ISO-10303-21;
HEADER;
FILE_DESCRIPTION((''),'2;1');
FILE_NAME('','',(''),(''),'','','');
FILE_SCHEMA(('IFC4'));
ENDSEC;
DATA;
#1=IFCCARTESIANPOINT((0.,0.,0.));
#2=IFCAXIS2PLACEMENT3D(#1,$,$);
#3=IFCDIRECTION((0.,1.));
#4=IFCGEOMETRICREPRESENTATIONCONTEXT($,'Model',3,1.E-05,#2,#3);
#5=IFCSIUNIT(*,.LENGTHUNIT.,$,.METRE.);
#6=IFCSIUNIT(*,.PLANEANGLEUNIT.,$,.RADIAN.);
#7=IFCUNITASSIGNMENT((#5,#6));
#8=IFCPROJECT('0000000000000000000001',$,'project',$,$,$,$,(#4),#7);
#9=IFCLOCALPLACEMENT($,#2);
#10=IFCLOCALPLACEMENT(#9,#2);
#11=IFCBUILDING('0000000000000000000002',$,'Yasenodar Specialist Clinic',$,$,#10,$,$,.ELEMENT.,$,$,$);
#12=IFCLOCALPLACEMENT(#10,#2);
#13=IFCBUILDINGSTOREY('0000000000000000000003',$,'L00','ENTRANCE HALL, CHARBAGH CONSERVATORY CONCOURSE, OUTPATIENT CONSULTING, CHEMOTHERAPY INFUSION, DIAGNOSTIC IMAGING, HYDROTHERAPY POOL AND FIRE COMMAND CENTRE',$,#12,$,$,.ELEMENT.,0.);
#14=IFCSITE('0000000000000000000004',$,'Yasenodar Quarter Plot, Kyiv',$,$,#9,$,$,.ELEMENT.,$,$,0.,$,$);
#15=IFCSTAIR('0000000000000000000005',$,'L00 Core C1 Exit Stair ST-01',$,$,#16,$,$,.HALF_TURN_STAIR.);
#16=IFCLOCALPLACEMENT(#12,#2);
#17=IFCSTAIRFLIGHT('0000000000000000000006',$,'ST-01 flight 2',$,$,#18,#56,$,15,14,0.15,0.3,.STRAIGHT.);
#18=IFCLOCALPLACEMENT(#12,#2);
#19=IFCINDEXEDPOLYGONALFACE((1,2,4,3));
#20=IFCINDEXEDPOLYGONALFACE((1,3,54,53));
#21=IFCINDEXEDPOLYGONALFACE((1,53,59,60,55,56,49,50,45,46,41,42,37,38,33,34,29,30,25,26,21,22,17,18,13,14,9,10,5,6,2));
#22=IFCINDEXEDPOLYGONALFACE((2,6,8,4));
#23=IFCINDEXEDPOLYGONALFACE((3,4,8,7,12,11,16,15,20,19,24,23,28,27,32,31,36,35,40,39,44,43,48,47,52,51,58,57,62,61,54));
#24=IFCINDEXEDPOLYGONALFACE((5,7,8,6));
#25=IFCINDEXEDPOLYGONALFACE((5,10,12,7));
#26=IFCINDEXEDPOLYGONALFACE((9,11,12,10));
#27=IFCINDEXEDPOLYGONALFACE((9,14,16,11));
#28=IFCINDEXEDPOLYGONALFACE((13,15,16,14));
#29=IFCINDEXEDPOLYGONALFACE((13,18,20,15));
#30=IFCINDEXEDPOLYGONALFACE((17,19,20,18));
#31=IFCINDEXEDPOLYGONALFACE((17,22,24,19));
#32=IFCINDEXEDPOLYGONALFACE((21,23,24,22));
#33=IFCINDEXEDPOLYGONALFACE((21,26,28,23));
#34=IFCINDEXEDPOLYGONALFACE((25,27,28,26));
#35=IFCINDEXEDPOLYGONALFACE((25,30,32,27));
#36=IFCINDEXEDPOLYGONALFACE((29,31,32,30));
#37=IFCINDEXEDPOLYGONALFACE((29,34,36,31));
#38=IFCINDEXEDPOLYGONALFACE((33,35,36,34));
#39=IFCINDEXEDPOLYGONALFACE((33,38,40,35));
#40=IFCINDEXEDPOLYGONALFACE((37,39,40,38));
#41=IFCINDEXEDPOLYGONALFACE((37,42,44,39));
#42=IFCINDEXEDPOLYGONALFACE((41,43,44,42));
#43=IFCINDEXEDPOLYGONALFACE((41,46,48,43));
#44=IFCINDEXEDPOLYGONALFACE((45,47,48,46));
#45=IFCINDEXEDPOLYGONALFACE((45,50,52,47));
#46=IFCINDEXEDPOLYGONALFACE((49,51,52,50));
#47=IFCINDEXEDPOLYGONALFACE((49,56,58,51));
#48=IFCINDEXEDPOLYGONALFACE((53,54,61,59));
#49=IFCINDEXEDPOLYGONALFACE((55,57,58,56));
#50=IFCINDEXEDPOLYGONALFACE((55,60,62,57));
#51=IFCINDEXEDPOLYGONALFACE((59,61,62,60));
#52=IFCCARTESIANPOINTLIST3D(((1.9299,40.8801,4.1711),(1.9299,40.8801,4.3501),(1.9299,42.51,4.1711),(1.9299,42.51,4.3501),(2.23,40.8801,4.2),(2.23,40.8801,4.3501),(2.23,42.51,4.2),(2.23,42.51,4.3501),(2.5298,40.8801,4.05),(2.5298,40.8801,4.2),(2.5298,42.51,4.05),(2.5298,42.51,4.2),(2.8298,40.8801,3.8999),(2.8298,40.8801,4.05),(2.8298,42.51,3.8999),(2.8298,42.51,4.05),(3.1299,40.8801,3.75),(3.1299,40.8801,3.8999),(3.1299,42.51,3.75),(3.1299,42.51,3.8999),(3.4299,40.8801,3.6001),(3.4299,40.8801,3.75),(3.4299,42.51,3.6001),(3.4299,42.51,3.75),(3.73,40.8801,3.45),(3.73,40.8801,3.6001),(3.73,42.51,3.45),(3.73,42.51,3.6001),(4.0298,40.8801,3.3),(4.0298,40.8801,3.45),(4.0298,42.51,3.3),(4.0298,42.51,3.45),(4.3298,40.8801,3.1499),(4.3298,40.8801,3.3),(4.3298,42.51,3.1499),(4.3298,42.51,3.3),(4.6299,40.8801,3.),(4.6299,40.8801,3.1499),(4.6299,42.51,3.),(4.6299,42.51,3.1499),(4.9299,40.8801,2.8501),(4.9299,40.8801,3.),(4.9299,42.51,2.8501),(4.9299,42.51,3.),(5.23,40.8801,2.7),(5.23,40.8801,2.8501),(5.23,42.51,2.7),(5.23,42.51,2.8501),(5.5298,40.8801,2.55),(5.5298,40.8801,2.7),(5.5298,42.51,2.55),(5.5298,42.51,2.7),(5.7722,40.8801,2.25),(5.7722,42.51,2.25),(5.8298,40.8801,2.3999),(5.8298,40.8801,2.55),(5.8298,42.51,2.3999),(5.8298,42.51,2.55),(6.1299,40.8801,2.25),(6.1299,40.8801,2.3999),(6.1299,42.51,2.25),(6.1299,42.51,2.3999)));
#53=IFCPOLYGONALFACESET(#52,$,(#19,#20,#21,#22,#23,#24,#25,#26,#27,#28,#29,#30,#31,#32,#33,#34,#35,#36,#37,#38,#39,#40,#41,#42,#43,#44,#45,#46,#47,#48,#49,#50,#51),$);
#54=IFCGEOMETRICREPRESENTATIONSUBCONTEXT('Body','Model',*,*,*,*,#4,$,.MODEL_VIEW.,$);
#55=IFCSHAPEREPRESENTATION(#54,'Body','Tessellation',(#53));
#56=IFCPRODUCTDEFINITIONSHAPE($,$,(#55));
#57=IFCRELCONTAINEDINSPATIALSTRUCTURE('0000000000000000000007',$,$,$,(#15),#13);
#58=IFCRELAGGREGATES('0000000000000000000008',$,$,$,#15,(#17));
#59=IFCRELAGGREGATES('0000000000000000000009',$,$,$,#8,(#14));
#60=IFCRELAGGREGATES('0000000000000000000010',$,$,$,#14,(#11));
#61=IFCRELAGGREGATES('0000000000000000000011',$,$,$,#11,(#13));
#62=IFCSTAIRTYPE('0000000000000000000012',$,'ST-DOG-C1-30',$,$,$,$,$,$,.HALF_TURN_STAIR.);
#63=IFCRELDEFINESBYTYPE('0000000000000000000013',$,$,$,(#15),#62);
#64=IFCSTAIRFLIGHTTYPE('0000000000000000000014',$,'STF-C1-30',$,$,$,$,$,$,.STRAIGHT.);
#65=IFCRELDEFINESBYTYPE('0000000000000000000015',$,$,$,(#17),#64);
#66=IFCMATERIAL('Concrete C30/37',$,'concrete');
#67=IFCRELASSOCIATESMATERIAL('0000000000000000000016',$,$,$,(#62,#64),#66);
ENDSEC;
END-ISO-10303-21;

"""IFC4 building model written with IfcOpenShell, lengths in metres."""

from ifc_helpers import new_model, si_unit, direction, frame, origin, place, context, subcontext, project, spatial, polyline, outline, extrude, material, type_object, element, aggregate, save


model = new_model("IFC4")

# Units and contexts
model_context = context("Model", 3, precision=1e-05, world=origin(), true_north=direction((0.0, 1.0)))
body_context = subcontext(model_context, "Body", "Model", "MODEL_VIEW")
ifc_project = project(units=[si_unit("LENGTHUNIT", "METRE"), si_unit("PLANEANGLEUNIT", "RADIAN")], contexts=[model_context])

# Site, building, storey
site_placement = place(None, origin())
site = spatial("IfcSite", under=ifc_project, at=site_placement, Name="Yasenodar Quarter Plot, Kyiv", CompositionType="ELEMENT", RefElevation=0.0)
building_placement = place(site_placement, origin())
building = spatial("IfcBuilding", under=site, at=building_placement, Name="Yasenodar Specialist Clinic", CompositionType="ELEMENT")
storey_placement = place(building_placement, origin())
storey = spatial("IfcBuildingStorey", under=building, at=storey_placement, Name="L00", Description="ENTRANCE HALL, CHARBAGH CONSERVATORY CONCOURSE, OUTPATIENT CONSULTING, CHEMOTHERAPY INFUSION, DIAGNOSTIC IMAGING, HYDROTHERAPY POOL AND FIRE COMMAND CENTRE", CompositionType="ELEMENT", Elevation=0.0)

# Stair, stair flight
ifc_material_1 = material(Name="Concrete C30/37", Category="concrete")
stair_type = type_object("IfcStairType", Name="ST-DOG-C1-30", PredefinedType="HALF_TURN_STAIR", material=ifc_material_1)
stair_placement = place(storey_placement, origin())
stair = element("IfcStair", 1, at=stair_placement, inside=storey, type_object=stair_type, Name="L00 Core C1 Exit Stair ST-01", PredefinedType="HALF_TURN_STAIR")
stair_flight_type = type_object("IfcStairFlightType", Name="STF-C1-30", PredefinedType="STRAIGHT", material=ifc_material_1)
stair_flight_placement = place(storey_placement, frame((6.1299, 41.6951, 2.25), z_axis=(0.0, 0.0, 1.0), x_axis=(-1.0, 0.0, 0.0)))
stair_flight = element("IfcStairFlight", 2, at=stair_flight_placement, type_object=stair_flight_type, Name="ST-01 flight 2", NumberOfRisers=15, NumberOfTreads=14, PredefinedType="STRAIGHT", RiserHeight=0.15, TreadLength=0.3, context=body_context, shape_type="SweptSolid", body=[
    extrude(outline(polyline([(0.0, 0.0), (0.0, 0.1499), (0.3, 0.1499), (0.3, 0.3), (0.6001, 0.3), (0.6001, 0.45), (0.8999, 0.45), (0.8999, 0.6001), (1.2, 0.6001), (1.2, 0.75), (1.5, 0.75), (1.5, 0.8999), (1.8, 0.8999), (1.8, 1.05), (2.1001, 1.05), (2.1001, 1.2), (2.3999, 1.2), (2.3999, 1.3501), (2.7, 1.3501), (2.7, 1.5), (3.0, 1.5), (3.0, 1.6499), (3.3, 1.6499), (3.3, 1.8), (3.6001, 1.8), (3.6001, 1.95), (3.8999, 1.95), (3.8999, 2.1001), (4.2, 2.1001), (4.2, 2.25), (4.2, 1.9211), (0.3577, 0.0), (0.0, 0.0)])), frame((0.0, 0.8149, 0.0), z_axis=(0.0, -1.0, 0.0), x_axis=(1.0, 0.0, 0.0)), (0.0, 0.0, 1.0), 1.6299),
])
aggregate(stair, [stair_flight])

save(model, "model.ifc")
